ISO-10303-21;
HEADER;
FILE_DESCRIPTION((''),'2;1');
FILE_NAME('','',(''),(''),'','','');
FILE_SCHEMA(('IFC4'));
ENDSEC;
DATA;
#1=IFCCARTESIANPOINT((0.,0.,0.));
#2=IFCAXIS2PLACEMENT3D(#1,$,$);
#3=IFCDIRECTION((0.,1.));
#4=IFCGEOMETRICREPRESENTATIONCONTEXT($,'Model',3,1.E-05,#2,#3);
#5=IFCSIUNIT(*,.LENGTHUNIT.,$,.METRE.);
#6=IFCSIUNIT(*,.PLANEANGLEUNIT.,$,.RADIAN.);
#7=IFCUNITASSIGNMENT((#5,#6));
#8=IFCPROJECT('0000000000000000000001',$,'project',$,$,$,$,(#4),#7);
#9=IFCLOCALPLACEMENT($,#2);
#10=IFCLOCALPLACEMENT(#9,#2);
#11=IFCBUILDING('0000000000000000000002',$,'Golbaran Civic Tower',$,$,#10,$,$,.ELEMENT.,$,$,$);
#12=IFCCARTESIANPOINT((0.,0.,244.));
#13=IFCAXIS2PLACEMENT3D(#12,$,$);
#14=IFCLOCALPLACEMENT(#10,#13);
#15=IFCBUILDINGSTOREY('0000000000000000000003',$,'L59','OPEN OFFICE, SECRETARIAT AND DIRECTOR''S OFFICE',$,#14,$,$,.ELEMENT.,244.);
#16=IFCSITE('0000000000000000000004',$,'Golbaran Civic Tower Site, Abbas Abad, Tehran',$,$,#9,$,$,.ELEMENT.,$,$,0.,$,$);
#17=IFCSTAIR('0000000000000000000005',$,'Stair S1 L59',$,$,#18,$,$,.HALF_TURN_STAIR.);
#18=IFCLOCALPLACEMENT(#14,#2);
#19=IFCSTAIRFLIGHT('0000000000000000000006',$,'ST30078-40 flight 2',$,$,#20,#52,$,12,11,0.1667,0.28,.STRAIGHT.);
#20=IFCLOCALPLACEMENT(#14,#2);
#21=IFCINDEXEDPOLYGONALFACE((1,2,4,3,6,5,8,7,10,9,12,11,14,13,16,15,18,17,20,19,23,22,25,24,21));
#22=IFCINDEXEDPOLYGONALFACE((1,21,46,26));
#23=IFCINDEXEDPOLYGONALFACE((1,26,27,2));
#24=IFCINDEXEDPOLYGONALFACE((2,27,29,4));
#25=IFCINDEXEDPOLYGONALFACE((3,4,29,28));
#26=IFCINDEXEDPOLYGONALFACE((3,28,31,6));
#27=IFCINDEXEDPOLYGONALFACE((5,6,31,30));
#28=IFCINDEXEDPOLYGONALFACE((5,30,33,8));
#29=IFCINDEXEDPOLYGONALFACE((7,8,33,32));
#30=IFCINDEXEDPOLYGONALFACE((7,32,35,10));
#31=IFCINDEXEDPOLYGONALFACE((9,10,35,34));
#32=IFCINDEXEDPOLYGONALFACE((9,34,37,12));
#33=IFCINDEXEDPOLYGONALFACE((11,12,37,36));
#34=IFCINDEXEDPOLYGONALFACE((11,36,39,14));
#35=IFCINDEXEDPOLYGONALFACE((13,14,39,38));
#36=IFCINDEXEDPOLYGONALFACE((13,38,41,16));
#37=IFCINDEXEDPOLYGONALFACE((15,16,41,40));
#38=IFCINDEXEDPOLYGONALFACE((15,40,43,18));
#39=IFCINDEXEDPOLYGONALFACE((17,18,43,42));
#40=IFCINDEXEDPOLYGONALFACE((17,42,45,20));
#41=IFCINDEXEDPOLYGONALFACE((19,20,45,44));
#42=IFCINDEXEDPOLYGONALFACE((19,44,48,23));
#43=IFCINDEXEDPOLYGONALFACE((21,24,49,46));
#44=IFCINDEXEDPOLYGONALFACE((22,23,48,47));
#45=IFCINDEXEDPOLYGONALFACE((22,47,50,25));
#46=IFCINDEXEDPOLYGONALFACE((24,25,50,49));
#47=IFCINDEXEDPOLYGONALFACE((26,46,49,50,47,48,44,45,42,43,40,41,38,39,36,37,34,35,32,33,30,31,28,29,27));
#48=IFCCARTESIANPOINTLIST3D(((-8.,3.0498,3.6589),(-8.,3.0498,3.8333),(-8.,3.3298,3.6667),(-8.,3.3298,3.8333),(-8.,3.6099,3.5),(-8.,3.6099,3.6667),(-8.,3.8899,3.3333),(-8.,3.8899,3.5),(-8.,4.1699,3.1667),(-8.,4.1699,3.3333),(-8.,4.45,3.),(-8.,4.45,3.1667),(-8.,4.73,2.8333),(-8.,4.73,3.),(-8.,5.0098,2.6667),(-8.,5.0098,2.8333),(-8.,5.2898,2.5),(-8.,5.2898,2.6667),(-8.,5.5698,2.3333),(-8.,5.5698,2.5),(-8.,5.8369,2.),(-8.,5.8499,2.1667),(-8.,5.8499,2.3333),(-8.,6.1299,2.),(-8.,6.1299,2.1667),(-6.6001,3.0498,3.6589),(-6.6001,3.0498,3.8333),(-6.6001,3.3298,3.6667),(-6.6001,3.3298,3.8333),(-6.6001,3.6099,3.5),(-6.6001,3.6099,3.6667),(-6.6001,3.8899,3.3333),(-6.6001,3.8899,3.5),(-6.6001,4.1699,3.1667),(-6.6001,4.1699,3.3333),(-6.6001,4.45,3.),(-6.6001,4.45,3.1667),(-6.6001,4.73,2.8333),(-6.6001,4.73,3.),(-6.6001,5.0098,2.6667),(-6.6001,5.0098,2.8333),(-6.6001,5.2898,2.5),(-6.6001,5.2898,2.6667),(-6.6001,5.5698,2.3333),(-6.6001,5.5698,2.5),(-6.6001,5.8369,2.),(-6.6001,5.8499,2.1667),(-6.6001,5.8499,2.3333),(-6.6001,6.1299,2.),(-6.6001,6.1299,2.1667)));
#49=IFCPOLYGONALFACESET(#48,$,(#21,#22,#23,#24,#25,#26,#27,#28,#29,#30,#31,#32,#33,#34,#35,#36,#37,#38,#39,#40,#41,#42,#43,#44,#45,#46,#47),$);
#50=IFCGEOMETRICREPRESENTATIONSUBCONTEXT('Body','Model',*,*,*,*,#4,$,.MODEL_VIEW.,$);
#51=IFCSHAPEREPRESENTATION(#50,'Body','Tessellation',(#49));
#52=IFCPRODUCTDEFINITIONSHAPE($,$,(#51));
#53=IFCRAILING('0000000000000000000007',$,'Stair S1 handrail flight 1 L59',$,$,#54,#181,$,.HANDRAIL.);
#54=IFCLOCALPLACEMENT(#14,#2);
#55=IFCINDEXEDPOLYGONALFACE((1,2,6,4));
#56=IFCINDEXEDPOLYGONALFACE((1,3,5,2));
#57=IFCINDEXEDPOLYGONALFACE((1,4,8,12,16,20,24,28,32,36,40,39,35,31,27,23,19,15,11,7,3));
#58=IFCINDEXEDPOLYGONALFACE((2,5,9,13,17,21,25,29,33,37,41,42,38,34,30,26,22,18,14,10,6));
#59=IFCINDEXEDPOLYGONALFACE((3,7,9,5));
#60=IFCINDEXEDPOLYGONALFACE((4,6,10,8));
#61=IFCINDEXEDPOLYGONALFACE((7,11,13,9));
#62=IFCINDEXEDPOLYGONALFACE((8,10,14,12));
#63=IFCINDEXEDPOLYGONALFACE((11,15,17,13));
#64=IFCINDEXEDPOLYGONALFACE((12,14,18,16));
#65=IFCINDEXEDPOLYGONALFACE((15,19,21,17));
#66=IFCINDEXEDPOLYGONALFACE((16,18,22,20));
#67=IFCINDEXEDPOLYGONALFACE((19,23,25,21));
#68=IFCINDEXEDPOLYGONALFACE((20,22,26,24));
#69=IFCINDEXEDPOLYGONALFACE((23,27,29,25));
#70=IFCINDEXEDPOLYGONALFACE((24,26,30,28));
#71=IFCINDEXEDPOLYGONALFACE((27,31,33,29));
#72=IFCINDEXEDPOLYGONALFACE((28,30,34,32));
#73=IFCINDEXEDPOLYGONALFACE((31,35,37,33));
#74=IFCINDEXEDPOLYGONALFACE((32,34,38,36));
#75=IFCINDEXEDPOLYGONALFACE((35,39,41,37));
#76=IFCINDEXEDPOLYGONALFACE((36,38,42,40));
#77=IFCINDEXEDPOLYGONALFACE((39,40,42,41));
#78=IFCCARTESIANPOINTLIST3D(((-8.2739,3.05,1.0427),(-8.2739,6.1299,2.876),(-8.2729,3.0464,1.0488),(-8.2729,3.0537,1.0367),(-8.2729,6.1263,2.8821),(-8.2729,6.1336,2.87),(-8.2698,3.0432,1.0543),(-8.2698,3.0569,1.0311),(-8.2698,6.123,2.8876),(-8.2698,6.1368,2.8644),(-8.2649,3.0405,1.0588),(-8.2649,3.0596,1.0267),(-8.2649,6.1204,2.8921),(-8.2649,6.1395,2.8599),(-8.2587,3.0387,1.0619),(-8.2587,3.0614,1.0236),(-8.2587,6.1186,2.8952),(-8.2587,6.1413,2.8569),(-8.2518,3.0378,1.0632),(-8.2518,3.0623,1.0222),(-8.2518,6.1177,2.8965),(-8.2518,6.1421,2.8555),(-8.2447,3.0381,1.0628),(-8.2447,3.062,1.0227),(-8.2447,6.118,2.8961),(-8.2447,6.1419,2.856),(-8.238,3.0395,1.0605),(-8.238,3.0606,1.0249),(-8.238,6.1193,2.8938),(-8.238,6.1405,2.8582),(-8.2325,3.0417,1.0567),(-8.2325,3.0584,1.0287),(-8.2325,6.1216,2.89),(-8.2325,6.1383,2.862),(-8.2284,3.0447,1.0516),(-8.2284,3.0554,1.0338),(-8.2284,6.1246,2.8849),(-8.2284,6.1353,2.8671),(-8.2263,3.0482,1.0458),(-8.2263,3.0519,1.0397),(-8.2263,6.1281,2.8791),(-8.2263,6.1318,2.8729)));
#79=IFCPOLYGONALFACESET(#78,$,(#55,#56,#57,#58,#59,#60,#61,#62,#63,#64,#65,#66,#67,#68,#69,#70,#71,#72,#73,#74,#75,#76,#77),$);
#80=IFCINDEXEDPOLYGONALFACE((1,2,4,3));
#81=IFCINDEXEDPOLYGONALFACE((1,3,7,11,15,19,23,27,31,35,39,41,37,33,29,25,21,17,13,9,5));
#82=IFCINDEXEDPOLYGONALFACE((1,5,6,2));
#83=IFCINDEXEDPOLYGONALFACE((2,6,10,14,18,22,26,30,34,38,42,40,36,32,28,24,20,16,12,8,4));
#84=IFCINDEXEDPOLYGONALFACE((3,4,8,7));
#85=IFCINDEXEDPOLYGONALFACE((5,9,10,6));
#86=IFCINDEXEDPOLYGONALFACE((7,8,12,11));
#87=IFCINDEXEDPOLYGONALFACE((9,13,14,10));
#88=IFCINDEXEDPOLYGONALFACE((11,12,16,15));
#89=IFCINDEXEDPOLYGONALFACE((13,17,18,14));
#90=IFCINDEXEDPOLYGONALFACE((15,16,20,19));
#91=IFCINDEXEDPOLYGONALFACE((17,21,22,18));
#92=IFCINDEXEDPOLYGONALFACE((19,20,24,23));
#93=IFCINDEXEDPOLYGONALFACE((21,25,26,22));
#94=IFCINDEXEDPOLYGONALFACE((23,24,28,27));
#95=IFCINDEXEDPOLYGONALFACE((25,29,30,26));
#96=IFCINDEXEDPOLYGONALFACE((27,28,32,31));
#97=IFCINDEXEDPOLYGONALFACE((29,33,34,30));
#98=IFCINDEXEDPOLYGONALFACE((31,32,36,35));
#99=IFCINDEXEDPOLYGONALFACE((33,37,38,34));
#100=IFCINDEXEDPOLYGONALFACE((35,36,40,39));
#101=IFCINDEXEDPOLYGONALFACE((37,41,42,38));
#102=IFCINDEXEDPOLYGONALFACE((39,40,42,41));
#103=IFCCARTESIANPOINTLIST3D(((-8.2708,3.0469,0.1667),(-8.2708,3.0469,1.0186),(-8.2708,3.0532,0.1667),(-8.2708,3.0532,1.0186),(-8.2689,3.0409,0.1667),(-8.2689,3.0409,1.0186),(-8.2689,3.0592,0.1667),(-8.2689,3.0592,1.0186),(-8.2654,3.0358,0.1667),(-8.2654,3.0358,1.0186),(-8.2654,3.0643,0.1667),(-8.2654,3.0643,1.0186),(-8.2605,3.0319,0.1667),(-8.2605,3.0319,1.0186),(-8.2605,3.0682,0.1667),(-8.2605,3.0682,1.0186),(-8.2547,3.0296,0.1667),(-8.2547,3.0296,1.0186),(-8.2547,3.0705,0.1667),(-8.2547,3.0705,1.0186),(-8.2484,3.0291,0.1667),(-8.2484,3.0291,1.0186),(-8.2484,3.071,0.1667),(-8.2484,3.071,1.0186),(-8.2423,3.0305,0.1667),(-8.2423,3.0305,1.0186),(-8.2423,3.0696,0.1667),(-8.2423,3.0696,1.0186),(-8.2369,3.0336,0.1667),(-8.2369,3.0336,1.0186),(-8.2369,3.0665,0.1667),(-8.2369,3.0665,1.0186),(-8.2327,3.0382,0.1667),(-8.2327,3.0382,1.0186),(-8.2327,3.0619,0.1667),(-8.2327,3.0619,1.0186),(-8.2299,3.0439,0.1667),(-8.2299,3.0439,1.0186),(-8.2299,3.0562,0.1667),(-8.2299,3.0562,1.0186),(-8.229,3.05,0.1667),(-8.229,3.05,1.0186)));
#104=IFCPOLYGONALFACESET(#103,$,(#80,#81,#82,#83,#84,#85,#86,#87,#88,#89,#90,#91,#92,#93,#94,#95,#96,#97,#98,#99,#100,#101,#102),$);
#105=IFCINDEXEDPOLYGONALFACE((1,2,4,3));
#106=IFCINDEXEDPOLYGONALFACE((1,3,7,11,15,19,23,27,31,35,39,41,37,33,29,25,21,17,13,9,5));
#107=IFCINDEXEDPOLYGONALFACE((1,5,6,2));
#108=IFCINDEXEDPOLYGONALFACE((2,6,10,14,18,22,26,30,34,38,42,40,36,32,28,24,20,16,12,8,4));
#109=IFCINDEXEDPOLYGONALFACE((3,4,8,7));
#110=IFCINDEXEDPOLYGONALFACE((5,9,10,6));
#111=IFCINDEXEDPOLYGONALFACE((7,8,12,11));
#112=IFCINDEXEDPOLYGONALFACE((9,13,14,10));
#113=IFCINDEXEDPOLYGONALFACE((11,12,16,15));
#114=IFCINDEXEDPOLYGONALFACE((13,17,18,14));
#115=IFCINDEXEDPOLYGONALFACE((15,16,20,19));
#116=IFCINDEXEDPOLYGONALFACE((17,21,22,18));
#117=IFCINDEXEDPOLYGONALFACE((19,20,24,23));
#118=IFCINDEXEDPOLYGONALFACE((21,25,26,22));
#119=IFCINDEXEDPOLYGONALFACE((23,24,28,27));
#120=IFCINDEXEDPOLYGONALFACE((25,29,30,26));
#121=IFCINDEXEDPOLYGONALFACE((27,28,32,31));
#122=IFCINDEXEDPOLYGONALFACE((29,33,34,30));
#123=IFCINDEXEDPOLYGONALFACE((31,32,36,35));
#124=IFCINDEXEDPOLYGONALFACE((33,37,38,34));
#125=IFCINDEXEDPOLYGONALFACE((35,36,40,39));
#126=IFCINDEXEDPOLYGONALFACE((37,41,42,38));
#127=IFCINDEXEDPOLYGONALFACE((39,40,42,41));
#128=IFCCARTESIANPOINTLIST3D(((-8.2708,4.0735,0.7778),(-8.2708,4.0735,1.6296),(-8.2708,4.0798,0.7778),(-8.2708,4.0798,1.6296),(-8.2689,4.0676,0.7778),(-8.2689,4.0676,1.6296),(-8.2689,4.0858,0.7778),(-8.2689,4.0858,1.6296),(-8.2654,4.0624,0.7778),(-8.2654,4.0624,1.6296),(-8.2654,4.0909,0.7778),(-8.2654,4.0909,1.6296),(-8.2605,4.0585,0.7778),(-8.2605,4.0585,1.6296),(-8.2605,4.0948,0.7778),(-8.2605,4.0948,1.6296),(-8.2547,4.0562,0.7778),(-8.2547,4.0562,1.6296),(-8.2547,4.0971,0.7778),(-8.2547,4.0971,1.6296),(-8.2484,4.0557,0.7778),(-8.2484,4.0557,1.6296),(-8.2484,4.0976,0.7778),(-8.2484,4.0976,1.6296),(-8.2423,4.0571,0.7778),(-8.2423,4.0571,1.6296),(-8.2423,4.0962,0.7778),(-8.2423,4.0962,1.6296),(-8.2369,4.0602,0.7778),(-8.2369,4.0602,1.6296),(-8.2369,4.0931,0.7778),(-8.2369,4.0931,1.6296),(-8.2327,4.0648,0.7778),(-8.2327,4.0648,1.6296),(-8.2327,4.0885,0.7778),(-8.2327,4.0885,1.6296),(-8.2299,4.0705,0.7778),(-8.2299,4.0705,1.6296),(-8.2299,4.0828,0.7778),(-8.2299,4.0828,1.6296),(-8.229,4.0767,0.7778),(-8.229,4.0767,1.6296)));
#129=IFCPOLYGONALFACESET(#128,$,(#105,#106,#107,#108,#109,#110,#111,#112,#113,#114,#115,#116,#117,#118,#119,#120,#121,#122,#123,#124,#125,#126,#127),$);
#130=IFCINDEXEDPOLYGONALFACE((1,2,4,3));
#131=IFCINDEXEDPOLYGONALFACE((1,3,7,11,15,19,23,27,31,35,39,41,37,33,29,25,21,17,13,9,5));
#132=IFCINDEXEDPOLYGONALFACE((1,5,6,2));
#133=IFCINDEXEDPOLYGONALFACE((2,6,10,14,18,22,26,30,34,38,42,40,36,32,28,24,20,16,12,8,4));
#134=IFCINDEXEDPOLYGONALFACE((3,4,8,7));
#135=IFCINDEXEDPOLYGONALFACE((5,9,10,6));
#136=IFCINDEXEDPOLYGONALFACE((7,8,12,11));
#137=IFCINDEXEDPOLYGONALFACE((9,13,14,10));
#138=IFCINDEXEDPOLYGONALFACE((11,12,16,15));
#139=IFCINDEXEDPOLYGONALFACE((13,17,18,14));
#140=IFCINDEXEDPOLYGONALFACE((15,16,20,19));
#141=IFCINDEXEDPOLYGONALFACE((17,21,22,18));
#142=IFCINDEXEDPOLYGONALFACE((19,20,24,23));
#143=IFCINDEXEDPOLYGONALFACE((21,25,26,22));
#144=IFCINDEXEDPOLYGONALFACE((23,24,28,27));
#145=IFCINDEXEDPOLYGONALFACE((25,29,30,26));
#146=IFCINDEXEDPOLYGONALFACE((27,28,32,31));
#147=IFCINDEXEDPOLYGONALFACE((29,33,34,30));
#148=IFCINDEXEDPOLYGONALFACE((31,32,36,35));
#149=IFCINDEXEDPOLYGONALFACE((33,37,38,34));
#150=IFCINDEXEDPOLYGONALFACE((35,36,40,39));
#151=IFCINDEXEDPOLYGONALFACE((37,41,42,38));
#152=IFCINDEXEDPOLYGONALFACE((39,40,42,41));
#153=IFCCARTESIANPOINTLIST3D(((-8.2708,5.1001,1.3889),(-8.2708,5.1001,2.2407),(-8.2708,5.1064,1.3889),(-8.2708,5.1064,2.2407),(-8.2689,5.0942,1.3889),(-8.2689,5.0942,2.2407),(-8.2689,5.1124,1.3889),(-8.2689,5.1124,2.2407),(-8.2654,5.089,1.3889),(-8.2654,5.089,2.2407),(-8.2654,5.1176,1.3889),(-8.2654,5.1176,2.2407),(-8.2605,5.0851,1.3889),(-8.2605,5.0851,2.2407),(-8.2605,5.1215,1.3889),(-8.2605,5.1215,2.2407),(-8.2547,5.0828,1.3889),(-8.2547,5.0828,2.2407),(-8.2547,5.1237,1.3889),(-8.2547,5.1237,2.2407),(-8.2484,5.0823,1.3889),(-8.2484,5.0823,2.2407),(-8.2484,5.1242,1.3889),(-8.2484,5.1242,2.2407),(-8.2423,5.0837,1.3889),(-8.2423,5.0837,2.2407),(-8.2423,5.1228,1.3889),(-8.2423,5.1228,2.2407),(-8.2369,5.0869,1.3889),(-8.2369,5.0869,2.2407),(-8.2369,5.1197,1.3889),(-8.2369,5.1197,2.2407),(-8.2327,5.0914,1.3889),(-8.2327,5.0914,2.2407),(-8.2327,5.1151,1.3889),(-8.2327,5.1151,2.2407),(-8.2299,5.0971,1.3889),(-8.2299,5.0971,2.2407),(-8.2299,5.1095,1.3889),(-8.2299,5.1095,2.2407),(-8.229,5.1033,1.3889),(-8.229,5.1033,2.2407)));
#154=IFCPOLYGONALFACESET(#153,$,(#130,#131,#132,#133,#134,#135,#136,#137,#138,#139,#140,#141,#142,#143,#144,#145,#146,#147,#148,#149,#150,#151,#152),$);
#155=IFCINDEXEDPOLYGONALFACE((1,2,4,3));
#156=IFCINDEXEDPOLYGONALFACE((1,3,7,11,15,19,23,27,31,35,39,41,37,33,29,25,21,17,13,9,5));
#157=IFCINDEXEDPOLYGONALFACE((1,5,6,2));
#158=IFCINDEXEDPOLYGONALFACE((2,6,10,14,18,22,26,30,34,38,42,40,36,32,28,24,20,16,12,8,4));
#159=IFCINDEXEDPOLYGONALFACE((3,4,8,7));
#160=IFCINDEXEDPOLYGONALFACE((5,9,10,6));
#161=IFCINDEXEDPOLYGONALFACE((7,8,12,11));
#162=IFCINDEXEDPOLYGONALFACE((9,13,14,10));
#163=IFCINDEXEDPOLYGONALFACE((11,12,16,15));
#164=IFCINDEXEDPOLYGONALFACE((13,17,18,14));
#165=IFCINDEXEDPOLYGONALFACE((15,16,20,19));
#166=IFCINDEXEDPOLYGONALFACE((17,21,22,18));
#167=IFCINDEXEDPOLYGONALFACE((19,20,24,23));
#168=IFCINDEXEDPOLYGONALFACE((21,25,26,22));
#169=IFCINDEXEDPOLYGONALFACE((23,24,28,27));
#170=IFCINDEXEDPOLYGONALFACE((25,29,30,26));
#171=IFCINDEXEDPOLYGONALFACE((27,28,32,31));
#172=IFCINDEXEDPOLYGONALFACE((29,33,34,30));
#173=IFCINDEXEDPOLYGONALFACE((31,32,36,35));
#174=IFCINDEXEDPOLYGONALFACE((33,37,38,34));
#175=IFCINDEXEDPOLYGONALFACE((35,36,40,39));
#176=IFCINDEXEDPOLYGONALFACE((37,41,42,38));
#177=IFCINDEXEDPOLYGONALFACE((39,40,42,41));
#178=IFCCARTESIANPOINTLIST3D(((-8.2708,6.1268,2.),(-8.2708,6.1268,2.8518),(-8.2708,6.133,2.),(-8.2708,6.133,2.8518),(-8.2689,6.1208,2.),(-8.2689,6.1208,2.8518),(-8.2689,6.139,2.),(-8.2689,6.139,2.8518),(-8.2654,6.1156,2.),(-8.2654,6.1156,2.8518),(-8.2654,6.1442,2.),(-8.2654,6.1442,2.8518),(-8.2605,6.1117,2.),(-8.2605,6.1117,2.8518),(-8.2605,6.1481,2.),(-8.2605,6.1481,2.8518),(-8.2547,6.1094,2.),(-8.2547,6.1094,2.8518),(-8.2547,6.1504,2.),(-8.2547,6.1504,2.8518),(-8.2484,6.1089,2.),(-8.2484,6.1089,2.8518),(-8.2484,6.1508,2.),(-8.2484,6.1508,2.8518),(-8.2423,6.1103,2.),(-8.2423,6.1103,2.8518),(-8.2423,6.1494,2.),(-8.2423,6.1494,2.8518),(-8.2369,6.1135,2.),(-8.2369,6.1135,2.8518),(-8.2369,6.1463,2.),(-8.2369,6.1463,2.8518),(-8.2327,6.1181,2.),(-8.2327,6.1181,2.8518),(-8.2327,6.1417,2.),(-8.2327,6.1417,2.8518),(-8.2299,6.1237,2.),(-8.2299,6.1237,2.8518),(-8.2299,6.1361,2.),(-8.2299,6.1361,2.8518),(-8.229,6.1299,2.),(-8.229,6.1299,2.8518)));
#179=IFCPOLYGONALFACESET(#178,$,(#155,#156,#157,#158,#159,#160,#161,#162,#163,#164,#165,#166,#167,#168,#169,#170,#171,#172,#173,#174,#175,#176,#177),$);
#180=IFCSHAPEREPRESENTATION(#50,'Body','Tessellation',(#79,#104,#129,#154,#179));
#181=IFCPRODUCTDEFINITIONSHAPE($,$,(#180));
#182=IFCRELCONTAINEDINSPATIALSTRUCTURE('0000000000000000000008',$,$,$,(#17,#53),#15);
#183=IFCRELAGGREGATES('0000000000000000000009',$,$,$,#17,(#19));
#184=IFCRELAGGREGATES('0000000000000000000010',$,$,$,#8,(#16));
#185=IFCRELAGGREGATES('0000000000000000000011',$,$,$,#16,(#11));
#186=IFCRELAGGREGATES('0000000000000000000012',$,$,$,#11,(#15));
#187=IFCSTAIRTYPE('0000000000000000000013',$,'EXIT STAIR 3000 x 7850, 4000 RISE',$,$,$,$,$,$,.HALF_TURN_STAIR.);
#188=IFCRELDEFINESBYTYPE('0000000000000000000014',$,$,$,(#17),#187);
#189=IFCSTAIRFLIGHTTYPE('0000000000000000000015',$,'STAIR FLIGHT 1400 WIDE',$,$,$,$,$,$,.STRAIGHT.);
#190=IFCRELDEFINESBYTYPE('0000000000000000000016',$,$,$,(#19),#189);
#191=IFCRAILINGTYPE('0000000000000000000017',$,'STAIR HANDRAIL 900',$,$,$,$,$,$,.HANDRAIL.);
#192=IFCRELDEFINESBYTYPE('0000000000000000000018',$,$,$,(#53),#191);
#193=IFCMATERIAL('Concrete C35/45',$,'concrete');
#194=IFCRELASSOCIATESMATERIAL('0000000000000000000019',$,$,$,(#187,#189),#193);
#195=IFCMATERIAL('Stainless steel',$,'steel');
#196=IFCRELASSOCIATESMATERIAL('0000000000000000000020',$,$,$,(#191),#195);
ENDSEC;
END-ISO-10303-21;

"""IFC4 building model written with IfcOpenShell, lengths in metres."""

from ifc_helpers import new_model, si_unit, direction, frame, origin, origin_2d, place, context, subcontext, project, spatial, polyline, circle, outline, extrude, material, type_object, element, aggregate, save


model = new_model("IFC4")

# Units and contexts
model_context = context("Model", 3, precision=1e-05, world=origin(), true_north=direction((0.0, 1.0)))
body_context = subcontext(model_context, "Body", "Model", "MODEL_VIEW")
ifc_project = project(units=[si_unit("LENGTHUNIT", "METRE"), si_unit("PLANEANGLEUNIT", "RADIAN")], contexts=[model_context])

# Site, building, storey
site_placement = place(None, origin())
site = spatial("IfcSite", under=ifc_project, at=site_placement, Name="Golbaran Civic Tower Site, Abbas Abad, Tehran", CompositionType="ELEMENT", RefElevation=0.0)
building_placement = place(site_placement, origin())
building = spatial("IfcBuilding", under=site, at=building_placement, Name="Golbaran Civic Tower", CompositionType="ELEMENT")
storey_placement = place(building_placement, frame((0.0, 0.0, 244.0)))
storey = spatial("IfcBuildingStorey", under=building, at=storey_placement, Name="L59", Description="OPEN OFFICE, SECRETARIAT AND DIRECTOR'S OFFICE", CompositionType="ELEMENT", Elevation=244.0)

# Stair
ifc_material_1 = material(Name="Concrete C35/45", Category="concrete")
stair_type = type_object("IfcStairType", Name="EXIT STAIR 3000 x 7850, 4000 RISE", PredefinedType="HALF_TURN_STAIR", material=ifc_material_1)
stair_placement = place(storey_placement, origin())
stair = element("IfcStair", 1, at=stair_placement, inside=storey, type_object=stair_type, Name="Stair S1 L59", PredefinedType="HALF_TURN_STAIR")

# Shared definitions
ifc_material_2 = material(Name="Stainless steel", Category="steel")

# Stair flight
stair_flight_type = type_object("IfcStairFlightType", Name="STAIR FLIGHT 1400 WIDE", PredefinedType="STRAIGHT", material=ifc_material_1)
stair_flight_1_placement = place(storey_placement, frame((-7.3, 6.1299, 2.0), z_axis=(0.0, 0.0, 1.0), x_axis=(0.0, -1.0, 0.0)))
stair_flight_1 = element("IfcStairFlight", 2, at=stair_flight_1_placement, type_object=stair_flight_type, Name="ST30078-40 flight 2", NumberOfRisers=12, NumberOfTreads=11, PredefinedType="STRAIGHT", RiserHeight=0.1667, TreadLength=0.28, context=body_context, shape_type="SweptSolid", body=[
    extrude(outline(polyline([(0.0, 0.0), (0.0, 0.1667), (0.28, 0.1667), (0.28, 0.3333), (0.5601, 0.3333), (0.5601, 0.5), (0.8401, 0.5), (0.8401, 0.6667), (1.1201, 0.6667), (1.1201, 0.8333), (1.3999, 0.8333), (1.3999, 1.0), (1.6799, 1.0), (1.6799, 1.1667), (1.96, 1.1667), (1.96, 1.3333), (2.24, 1.3333), (2.24, 1.5), (2.52, 1.5), (2.52, 1.6667), (2.8, 1.6667), (2.8, 1.8333), (3.0801, 1.8333), (3.0801, 2.0), (3.0801, 1.6589), (0.293, 0.0), (0.0, 0.0)])), frame((0.0, 0.7, 0.0), z_axis=(0.0, -1.0, 0.0), x_axis=(1.0, 0.0, 0.0)), (0.0, 0.0, 1.0), 1.3999),
])
aggregate(stair, [stair_flight_1])

# Railing
railing_type = type_object("IfcRailingType", Name="STAIR HANDRAIL 900", PredefinedType="HANDRAIL", material=ifc_material_2)
railing_1_placement = place(storey_placement, frame((-8.25, 3.05, 0.1667)))
element("IfcRailing", 3, at=railing_1_placement, inside=storey, type_object=railing_type, Name="Stair S1 handrail flight 1 L59", PredefinedType="HANDRAIL", context=body_context, shape_type="SweptSolid", body=[
    extrude(circle(Radius=0.0239, at=origin_2d()), frame((0.0, 0.0, 0.876), z_axis=(0.0, 0.859291, 0.511487), x_axis=(-1.0, 0.0, 0.0)), (0.0, 0.0, 1.0), 3.5842),
    extrude(circle(Radius=0.021, at=origin_2d()), origin(), (0.0, 0.0, 1.0), 0.8518),
    extrude(circle(Radius=0.021, at=origin_2d()), frame((0.0, 1.0266, 0.6111)), (0.0, 0.0, 1.0), 0.8518),
    extrude(circle(Radius=0.021, at=origin_2d()), frame((0.0, 2.0532, 1.2222)), (0.0, 0.0, 1.0), 0.8518),
    extrude(circle(Radius=0.021, at=origin_2d()), frame((0.0, 3.0798, 1.8333)), (0.0, 0.0, 1.0), 0.8518),
])

save(model, "model.ifc")
